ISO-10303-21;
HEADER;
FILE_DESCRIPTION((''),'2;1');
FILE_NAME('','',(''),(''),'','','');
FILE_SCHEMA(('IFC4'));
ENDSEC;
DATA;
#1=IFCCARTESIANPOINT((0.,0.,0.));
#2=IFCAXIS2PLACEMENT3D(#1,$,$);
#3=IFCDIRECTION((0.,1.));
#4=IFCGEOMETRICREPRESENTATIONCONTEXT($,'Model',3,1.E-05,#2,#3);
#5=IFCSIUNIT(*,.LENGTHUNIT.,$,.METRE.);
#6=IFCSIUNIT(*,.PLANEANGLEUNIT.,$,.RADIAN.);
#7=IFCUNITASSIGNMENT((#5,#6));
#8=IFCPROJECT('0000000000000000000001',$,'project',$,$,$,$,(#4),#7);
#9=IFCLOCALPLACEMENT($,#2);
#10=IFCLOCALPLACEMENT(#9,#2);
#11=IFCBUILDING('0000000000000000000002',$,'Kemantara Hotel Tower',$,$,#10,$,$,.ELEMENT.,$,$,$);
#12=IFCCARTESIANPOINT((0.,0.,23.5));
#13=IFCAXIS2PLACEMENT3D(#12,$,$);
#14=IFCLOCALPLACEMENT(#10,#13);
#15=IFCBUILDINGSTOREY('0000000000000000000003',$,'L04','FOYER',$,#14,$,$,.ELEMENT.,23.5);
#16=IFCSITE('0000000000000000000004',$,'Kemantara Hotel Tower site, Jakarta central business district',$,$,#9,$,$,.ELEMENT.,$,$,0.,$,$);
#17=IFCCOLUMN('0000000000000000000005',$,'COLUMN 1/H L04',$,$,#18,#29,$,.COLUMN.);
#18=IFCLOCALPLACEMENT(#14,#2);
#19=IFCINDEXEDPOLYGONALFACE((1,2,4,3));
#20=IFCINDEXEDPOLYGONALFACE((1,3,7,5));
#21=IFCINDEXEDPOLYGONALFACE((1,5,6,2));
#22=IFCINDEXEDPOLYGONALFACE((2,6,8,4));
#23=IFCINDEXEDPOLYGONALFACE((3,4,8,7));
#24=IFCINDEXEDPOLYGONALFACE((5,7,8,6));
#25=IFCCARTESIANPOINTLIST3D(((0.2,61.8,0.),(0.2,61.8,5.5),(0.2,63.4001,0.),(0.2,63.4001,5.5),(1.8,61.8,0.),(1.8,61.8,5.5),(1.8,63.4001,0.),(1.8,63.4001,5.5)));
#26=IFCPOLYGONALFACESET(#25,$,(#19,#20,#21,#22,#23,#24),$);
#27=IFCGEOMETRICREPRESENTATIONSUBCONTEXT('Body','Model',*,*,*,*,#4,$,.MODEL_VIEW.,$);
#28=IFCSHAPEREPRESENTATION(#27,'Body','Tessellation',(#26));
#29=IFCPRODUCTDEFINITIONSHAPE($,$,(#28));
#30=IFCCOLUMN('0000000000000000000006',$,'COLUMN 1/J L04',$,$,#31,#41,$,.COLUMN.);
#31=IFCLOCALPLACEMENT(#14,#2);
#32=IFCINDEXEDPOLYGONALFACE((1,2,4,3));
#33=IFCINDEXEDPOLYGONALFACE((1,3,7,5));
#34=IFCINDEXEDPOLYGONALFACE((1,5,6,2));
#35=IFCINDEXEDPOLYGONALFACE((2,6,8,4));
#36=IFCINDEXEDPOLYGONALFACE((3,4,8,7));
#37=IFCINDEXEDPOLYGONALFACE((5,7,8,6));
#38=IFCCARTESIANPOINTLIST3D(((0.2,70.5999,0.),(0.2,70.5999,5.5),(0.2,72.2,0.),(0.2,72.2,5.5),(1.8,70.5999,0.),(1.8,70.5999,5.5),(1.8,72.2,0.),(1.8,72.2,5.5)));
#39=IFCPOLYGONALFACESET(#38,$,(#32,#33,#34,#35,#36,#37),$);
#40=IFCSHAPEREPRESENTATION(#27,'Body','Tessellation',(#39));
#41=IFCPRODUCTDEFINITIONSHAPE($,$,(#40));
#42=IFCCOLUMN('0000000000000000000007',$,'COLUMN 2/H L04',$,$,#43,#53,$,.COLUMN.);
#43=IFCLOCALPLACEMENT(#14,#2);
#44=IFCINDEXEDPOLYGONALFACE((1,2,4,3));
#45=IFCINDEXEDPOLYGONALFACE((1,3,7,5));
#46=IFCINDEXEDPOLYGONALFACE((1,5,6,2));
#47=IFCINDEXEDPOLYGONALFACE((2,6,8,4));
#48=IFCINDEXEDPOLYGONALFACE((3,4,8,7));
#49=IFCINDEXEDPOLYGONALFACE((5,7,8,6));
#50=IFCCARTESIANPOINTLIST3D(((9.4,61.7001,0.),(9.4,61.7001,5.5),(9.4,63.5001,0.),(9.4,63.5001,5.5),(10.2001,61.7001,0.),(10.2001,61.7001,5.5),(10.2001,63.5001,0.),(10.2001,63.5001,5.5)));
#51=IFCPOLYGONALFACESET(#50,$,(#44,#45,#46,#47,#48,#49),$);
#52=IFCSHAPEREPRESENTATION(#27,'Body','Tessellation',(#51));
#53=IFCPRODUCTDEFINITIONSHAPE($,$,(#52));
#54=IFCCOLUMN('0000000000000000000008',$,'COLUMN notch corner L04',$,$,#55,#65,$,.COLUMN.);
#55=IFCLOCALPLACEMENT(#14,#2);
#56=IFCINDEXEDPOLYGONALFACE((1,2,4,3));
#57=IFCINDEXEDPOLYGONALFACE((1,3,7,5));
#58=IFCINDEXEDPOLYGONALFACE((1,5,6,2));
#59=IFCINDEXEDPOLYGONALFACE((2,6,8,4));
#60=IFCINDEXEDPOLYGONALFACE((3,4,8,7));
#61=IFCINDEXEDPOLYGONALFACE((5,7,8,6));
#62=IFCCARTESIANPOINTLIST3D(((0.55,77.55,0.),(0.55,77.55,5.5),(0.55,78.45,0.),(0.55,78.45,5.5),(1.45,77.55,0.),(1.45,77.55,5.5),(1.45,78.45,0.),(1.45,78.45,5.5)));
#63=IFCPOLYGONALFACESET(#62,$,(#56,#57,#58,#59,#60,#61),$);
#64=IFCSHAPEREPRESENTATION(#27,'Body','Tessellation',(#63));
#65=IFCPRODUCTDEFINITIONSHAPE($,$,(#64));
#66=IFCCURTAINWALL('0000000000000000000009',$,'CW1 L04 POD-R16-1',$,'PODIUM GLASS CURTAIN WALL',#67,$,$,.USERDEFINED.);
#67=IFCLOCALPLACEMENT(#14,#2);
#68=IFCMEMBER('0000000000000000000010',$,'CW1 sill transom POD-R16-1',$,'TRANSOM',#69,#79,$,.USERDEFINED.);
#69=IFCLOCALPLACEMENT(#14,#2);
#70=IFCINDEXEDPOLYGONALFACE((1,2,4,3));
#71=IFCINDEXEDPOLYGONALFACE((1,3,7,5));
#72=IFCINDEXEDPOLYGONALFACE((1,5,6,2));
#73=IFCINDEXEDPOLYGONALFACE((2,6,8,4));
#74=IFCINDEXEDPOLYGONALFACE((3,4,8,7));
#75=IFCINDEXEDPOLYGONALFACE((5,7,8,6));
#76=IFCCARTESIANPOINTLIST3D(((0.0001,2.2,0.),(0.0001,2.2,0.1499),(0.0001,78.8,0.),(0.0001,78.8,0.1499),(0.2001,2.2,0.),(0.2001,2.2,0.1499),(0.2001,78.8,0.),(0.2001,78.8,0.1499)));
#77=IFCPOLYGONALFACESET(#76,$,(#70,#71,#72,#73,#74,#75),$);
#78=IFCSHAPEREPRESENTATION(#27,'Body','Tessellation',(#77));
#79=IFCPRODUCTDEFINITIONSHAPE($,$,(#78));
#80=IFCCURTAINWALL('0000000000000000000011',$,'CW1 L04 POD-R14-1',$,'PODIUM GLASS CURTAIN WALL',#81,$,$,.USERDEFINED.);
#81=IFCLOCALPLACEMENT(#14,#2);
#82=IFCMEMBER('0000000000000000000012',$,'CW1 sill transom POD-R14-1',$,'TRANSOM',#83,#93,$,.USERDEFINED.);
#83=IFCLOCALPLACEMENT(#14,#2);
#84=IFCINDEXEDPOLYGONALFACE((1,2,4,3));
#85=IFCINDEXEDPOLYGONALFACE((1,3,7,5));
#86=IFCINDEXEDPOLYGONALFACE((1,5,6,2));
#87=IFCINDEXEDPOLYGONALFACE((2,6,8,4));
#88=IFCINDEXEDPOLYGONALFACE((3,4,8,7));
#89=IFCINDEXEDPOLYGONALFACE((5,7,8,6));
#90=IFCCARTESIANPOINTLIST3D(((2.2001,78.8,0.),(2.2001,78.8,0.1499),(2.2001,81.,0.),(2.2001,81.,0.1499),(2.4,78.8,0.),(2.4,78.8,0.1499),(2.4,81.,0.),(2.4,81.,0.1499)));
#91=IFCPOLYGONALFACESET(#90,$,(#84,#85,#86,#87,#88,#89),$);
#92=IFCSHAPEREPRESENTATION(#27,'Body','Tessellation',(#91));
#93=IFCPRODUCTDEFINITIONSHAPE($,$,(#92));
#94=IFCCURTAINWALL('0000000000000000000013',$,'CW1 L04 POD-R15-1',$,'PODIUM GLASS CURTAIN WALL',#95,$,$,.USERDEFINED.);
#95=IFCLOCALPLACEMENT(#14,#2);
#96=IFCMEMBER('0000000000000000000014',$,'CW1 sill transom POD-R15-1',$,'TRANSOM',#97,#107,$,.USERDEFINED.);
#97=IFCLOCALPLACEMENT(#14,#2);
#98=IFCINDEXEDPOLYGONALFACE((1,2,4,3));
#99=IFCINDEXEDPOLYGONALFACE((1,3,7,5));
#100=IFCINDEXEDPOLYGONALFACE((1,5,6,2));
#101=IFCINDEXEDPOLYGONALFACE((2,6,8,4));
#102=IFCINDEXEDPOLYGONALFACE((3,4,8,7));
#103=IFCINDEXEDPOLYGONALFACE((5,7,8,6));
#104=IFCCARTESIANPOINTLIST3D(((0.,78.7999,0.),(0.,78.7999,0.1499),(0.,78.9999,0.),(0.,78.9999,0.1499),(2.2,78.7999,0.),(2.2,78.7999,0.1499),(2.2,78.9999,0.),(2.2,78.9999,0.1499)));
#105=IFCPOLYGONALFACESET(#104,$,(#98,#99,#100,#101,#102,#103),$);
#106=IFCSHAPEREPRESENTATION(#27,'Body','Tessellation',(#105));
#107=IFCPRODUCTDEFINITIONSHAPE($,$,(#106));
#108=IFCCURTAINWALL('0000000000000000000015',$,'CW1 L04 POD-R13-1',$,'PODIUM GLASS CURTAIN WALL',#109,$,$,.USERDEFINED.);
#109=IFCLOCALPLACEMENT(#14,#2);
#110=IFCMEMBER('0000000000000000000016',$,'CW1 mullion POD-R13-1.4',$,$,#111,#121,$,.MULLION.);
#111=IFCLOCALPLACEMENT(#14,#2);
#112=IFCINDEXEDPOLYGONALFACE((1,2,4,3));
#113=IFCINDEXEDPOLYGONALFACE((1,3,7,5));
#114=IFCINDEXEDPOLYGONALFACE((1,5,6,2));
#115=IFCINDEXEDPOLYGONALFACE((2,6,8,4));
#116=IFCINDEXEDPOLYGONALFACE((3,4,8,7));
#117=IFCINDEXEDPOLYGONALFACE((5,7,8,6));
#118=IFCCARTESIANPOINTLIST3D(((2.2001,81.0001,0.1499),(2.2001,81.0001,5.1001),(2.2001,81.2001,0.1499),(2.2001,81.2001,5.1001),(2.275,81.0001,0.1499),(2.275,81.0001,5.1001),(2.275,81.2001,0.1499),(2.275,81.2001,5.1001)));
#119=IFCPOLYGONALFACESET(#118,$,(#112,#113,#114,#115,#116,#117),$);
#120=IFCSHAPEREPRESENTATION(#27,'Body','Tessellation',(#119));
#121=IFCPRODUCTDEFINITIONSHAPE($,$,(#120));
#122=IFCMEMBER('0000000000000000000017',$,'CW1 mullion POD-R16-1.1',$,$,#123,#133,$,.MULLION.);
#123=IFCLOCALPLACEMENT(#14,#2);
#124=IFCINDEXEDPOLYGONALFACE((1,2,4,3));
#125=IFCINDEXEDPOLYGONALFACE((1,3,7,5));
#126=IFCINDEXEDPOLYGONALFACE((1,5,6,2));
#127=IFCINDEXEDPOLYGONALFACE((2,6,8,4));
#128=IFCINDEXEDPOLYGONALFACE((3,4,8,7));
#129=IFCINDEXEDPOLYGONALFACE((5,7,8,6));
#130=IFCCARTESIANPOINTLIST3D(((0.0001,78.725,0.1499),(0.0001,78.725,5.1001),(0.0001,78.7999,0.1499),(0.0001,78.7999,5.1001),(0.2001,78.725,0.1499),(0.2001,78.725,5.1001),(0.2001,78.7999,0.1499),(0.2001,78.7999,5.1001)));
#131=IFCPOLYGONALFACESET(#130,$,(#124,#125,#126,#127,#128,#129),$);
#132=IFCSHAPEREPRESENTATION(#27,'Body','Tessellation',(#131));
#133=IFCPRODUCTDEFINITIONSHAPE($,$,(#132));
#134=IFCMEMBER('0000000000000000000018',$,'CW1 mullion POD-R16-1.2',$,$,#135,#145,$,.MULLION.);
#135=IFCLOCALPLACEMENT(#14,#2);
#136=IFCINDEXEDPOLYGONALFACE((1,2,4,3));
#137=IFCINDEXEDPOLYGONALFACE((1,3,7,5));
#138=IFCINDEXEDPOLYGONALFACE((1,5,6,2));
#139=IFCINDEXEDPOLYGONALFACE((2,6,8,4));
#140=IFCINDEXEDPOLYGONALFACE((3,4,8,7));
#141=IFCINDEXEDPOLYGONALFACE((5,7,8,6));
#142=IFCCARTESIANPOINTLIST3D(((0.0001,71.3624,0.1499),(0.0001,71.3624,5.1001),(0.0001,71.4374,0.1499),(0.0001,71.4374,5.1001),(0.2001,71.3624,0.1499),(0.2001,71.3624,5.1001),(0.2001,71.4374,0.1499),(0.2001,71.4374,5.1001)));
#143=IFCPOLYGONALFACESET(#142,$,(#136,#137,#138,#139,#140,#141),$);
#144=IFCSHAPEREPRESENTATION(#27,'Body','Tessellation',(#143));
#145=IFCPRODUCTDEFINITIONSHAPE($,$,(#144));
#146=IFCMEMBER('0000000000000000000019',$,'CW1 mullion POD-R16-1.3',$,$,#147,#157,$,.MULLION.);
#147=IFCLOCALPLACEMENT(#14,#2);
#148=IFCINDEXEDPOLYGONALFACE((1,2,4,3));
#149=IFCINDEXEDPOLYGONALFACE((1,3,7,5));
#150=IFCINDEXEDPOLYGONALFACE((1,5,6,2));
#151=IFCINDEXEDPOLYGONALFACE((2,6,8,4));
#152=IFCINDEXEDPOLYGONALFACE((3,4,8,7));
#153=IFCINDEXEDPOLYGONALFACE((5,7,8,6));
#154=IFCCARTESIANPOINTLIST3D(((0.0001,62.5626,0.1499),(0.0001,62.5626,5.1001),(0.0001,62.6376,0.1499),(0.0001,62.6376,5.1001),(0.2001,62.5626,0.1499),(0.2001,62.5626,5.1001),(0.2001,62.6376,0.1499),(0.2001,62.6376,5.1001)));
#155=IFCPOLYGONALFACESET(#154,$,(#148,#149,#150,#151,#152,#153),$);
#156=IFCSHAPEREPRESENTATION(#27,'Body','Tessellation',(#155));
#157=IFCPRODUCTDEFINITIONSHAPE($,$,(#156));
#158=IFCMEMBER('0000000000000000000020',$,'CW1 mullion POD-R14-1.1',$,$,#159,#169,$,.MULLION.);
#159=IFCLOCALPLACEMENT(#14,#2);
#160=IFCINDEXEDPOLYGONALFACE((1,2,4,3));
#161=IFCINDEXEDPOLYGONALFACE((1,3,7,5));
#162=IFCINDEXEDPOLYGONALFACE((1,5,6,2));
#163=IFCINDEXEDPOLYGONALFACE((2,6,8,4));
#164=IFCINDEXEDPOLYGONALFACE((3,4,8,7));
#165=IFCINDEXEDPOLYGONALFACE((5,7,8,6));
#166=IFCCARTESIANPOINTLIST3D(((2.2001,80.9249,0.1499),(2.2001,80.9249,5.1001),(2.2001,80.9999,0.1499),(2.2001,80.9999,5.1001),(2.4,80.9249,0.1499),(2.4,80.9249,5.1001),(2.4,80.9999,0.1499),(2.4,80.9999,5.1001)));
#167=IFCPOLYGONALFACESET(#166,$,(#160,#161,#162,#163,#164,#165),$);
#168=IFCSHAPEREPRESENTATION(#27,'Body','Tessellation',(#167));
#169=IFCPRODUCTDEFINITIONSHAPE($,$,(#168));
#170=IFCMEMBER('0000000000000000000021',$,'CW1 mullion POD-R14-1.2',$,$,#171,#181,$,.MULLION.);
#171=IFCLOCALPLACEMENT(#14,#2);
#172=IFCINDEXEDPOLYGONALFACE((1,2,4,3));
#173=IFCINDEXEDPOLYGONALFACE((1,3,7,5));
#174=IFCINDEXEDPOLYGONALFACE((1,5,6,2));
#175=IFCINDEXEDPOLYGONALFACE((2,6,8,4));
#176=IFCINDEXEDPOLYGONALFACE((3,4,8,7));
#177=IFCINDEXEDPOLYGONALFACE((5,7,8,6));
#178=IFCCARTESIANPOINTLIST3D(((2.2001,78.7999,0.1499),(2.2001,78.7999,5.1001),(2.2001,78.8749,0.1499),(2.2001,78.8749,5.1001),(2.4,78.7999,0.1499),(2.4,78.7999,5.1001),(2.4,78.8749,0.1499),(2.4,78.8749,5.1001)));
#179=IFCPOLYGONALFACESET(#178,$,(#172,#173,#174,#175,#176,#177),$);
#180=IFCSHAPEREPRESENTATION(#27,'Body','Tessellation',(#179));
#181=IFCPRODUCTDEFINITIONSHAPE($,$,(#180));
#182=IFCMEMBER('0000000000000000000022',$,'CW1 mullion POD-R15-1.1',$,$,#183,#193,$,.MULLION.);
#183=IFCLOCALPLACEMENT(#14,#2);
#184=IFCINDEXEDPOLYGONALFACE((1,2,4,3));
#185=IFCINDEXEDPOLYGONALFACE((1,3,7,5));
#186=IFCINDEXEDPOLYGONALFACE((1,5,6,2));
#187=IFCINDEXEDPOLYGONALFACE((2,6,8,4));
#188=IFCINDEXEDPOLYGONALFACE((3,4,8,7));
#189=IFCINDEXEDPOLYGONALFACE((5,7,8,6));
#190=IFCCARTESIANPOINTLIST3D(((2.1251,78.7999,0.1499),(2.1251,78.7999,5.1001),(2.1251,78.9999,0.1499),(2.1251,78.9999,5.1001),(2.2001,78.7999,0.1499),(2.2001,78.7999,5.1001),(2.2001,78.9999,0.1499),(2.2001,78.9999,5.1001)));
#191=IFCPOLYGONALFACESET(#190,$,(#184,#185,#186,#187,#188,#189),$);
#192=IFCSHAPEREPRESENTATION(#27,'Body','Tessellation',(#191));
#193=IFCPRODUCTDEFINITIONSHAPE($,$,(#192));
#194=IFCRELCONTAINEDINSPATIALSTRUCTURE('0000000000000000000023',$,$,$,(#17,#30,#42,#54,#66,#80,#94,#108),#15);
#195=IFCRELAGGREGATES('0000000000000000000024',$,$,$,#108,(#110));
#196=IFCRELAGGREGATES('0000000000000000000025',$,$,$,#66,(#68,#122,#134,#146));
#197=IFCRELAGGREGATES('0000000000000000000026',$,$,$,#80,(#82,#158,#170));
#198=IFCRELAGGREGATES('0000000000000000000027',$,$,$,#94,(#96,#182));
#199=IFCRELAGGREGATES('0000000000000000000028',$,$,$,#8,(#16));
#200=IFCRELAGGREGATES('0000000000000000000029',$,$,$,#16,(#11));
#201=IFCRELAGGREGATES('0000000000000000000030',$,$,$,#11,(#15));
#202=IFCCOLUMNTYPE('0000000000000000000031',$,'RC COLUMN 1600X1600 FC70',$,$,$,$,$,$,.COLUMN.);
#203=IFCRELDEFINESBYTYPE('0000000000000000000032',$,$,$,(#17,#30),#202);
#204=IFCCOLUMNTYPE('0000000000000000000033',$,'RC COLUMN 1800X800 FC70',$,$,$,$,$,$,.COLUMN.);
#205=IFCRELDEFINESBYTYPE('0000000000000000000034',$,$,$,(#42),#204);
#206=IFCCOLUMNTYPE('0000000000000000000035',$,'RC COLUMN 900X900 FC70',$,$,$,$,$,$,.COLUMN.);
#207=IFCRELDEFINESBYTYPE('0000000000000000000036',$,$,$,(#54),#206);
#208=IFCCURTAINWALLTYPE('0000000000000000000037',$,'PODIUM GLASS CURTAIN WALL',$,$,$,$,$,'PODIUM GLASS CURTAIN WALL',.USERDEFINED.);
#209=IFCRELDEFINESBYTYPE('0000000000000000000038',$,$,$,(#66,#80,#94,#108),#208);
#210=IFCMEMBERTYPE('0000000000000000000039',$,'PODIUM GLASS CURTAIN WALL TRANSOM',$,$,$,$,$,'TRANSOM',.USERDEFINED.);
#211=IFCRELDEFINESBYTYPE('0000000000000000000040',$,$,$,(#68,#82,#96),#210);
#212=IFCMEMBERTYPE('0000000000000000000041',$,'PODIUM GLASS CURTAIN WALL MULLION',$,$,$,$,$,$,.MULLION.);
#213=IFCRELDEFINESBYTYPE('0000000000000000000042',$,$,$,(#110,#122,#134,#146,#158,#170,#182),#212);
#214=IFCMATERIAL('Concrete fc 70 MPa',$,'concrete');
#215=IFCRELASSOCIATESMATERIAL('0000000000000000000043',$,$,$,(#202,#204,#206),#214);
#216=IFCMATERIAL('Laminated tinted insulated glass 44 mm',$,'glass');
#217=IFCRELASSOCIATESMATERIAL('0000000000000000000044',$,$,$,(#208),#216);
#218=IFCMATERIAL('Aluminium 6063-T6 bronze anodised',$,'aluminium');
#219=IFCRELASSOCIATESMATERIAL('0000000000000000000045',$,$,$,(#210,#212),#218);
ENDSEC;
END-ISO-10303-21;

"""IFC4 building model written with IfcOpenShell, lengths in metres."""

from ifc_helpers import new_model, si_unit, direction, frame, origin, origin_2d, place, context, subcontext, project, spatial, rectangle, extrude, source, transform, mapped, material, material_profile, profile_set, type_object, element, aggregate, save


model = new_model("IFC4")

# Units and contexts
model_context = context("Model", 3, precision=1e-05, world=origin(), true_north=direction((0.0, 1.0)))
body_context = subcontext(model_context, "Body", "Model", "MODEL_VIEW")
ifc_project = project(units=[si_unit("LENGTHUNIT", "METRE"), si_unit("PLANEANGLEUNIT", "RADIAN")], contexts=[model_context])

# Site, building, storey
site_placement = place(None, origin())
site = spatial("IfcSite", under=ifc_project, at=site_placement, Name="Kemantara Hotel Tower site, Jakarta central business district", CompositionType="ELEMENT", RefElevation=0.0)
building_placement = place(site_placement, origin())
building = spatial("IfcBuilding", under=site, at=building_placement, Name="Kemantara Hotel Tower", CompositionType="ELEMENT")
storey_placement = place(building_placement, frame((0.0, 0.0, 23.5)))
storey = spatial("IfcBuildingStorey", under=building, at=storey_placement, Name="L04", Description="FOYER", CompositionType="ELEMENT", Elevation=23.5)

# Columns
ifc_material_1 = material(Name="Concrete fc 70 MPa", Category="concrete")
ifc_material_profile_1 = material_profile(ifc_material_1, rectangle(XDim=1.6001, YDim=1.6001, at=origin_2d()), Name="RC 1600X1600")
ifc_profile_set_1 = profile_set([ifc_material_profile_1], Name="Concrete fc 70 MPa")
column_type_1 = type_object("IfcColumnType", Name="RC COLUMN 1600X1600 FC70", PredefinedType="COLUMN", material=ifc_profile_set_1)
for number, where, z_axis, x_axis, name in (
    (1, (1.0, 62.6001, 0.0), (0.0, 0.0, 1.0), (1.0, 0.0, 0.0), "COLUMN 1/H L04"),
    (2, (1.0, 71.3999, 0.0), (0.0, 0.0, 1.0), (1.0, 0.0, 0.0), "COLUMN 1/J L04"),
):
    element("IfcColumn", number, at=place(storey_placement, frame(where, z_axis=z_axis, x_axis=x_axis)), inside=storey, type_object=column_type_1, Name=name, PredefinedType="COLUMN", context=body_context, shape_type="SweptSolid", body=[
        extrude(rectangle(XDim=1.6001, YDim=1.6001, at=origin_2d()), origin(), (0.0, 0.0, 1.0), 5.5),
    ])
ifc_material_profile_2 = material_profile(ifc_material_1, rectangle(XDim=1.8, YDim=0.8, at=origin_2d()), Name="RC 1800X800")
ifc_profile_set_2 = profile_set([ifc_material_profile_2], Name="Concrete fc 70 MPa")
column_type_2 = type_object("IfcColumnType", Name="RC COLUMN 1800X800 FC70", PredefinedType="COLUMN", material=ifc_profile_set_2)
column_1_placement = place(storey_placement, frame((9.8, 62.6001, 0.0), z_axis=(0.0, 0.0, 1.0), x_axis=(0.0, 1.0, 0.0)))
element("IfcColumn", 3, at=column_1_placement, inside=storey, type_object=column_type_2, Name="COLUMN 2/H L04", PredefinedType="COLUMN", context=body_context, shape_type="SweptSolid", body=[
    extrude(rectangle(XDim=1.8, YDim=0.8, at=origin_2d()), origin(), (0.0, 0.0, 1.0), 5.5),
])
ifc_material_profile_3 = material_profile(ifc_material_1, rectangle(XDim=0.8999, YDim=0.8999, at=origin_2d()), Name="RC 900X900")
ifc_profile_set_3 = profile_set([ifc_material_profile_3], Name="Concrete fc 70 MPa")
column_type_3 = type_object("IfcColumnType", Name="RC COLUMN 900X900 FC70", PredefinedType="COLUMN", material=ifc_profile_set_3)
column_2_placement = place(storey_placement, frame((1.0, 78.0, 0.0), z_axis=(0.0, 0.0, 1.0), x_axis=(1.0, 0.0, 0.0)))
element("IfcColumn", 4, at=column_2_placement, inside=storey, type_object=column_type_3, Name="COLUMN notch corner L04", PredefinedType="COLUMN", context=body_context, shape_type="SweptSolid", body=[
    extrude(rectangle(XDim=0.8999, YDim=0.8999, at=origin_2d()), origin(), (0.0, 0.0, 1.0), 5.5),
])

# Curtain walls, members
ifc_material_2 = material(Name="Laminated tinted insulated glass 44 mm", Category="glass")
curtain_wall_type = type_object("IfcCurtainWallType", Name="PODIUM GLASS CURTAIN WALL", ElementType="PODIUM GLASS CURTAIN WALL", PredefinedType="USERDEFINED", material=ifc_material_2)
curtain_wall_1_placement = place(storey_placement, origin())
curtain_wall_1 = element("IfcCurtainWall", 5, at=curtain_wall_1_placement, inside=storey, type_object=curtain_wall_type, Name="CW1 L04 POD-R16-1", ObjectType="PODIUM GLASS CURTAIN WALL", PredefinedType="USERDEFINED")
ifc_material_3 = material(Name="Aluminium 6063-T6 bronze anodised", Category="aluminium")
ifc_material_profile_4 = material_profile(ifc_material_3, rectangle(XDim=0.2, YDim=0.1499, at=origin_2d()), Name="PODIUM GLASS CURTAIN WALL TRANSOM")
ifc_profile_set_4 = profile_set([ifc_material_profile_4], Name="Aluminium 6063-T6 bronze anodised")
member_type_1 = type_object("IfcMemberType", Name="PODIUM GLASS CURTAIN WALL TRANSOM", ElementType="TRANSOM", PredefinedType="USERDEFINED", material=ifc_profile_set_4)
member_1_placement = place(storey_placement, frame((0.1001, 78.8, 0.075), z_axis=(0.0, -1.0, 0.0), x_axis=(1.0, 0.0, 0.0)))
member_1 = element("IfcMember", 6, at=member_1_placement, type_object=member_type_1, Name="CW1 sill transom POD-R16-1", ObjectType="TRANSOM", PredefinedType="USERDEFINED", context=body_context, shape_type="SweptSolid", body=[
    extrude(rectangle(XDim=0.2, YDim=0.1499, at=origin_2d()), origin(), (0.0, 0.0, 1.0), 76.6001),
])
curtain_wall_2_placement = place(storey_placement, origin())
curtain_wall_2 = element("IfcCurtainWall", 7, at=curtain_wall_2_placement, inside=storey, type_object=curtain_wall_type, Name="CW1 L04 POD-R14-1", ObjectType="PODIUM GLASS CURTAIN WALL", PredefinedType="USERDEFINED")
member_2_placement = place(storey_placement, frame((2.3, 81.0, 0.075), z_axis=(0.0, -1.0, 0.0), x_axis=(1.0, 0.0, 0.0)))
member_2 = element("IfcMember", 8, at=member_2_placement, type_object=member_type_1, Name="CW1 sill transom POD-R14-1", ObjectType="TRANSOM", PredefinedType="USERDEFINED", context=body_context, shape_type="SweptSolid", body=[
    extrude(rectangle(XDim=0.2, YDim=0.1499, at=origin_2d()), origin(), (0.0, 0.0, 1.0), 2.2),
])
curtain_wall_3_placement = place(storey_placement, origin())
curtain_wall_3 = element("IfcCurtainWall", 9, at=curtain_wall_3_placement, inside=storey, type_object=curtain_wall_type, Name="CW1 L04 POD-R15-1", ObjectType="PODIUM GLASS CURTAIN WALL", PredefinedType="USERDEFINED")
member_3_placement = place(storey_placement, frame((2.2, 78.8999, 0.075), z_axis=(-1.0, 0.0, 0.0), x_axis=(0.0, -1.0, 0.0)))
member_3 = element("IfcMember", 10, at=member_3_placement, type_object=member_type_1, Name="CW1 sill transom POD-R15-1", ObjectType="TRANSOM", PredefinedType="USERDEFINED", context=body_context, shape_type="SweptSolid", body=[
    extrude(rectangle(XDim=0.2, YDim=0.1499, at=origin_2d()), origin(), (0.0, 0.0, 1.0), 2.2),
])
curtain_wall_4_placement = place(storey_placement, origin())
curtain_wall_4 = element("IfcCurtainWall", 11, at=curtain_wall_4_placement, inside=storey, type_object=curtain_wall_type, Name="CW1 L04 POD-R13-1", ObjectType="PODIUM GLASS CURTAIN WALL", PredefinedType="USERDEFINED")
ifc_material_profile_5 = material_profile(ifc_material_3, rectangle(XDim=0.2, YDim=0.075, at=origin_2d()), Name="PODIUM GLASS CURTAIN WALL MULLION")
ifc_profile_set_5 = profile_set([ifc_material_profile_5], Name="Aluminium 6063-T6 bronze anodised")
member_type_2 = type_object("IfcMemberType", Name="PODIUM GLASS CURTAIN WALL MULLION", PredefinedType="MULLION", material=ifc_profile_set_5)
shared_shape_1 = source(origin(), body_context, "Body", "SweptSolid", [
    extrude(rectangle(XDim=0.2, YDim=0.075, at=origin_2d()), origin(), (0.0, 0.0, 1.0), 4.9502),
])
member_4_placement = place(storey_placement, frame((2.2375, 81.1001, 0.1499), z_axis=(0.0, 0.0, 1.0), x_axis=(0.0, -1.0, 0.0)))
member_4 = element("IfcMember", 12, at=member_4_placement, type_object=member_type_2, Name="CW1 mullion POD-R13-1.4", PredefinedType="MULLION", context=body_context, shape_type="MappedRepresentation", body=[
    mapped(shared_shape_1, transform((0.0, 0.0, 0.0))),
])

# Members
member_5_placement = place(storey_placement, frame((0.1001, 78.7625, 0.1499), z_axis=(0.0, 0.0, 1.0), x_axis=(1.0, 0.0, 0.0)))
member_5 = element("IfcMember", 13, at=member_5_placement, type_object=member_type_2, Name="CW1 mullion POD-R16-1.1", PredefinedType="MULLION", context=body_context, shape_type="MappedRepresentation", body=[
    mapped(shared_shape_1, transform((0.0, 0.0, 0.0))),
])
member_6_placement = place(storey_placement, frame((0.1001, 71.3999, 0.1499), z_axis=(0.0, 0.0, 1.0), x_axis=(1.0, 0.0, 0.0)))
member_6 = element("IfcMember", 14, at=member_6_placement, type_object=member_type_2, Name="CW1 mullion POD-R16-1.2", PredefinedType="MULLION", context=body_context, shape_type="MappedRepresentation", body=[
    mapped(shared_shape_1, transform((0.0, 0.0, 0.0))),
])
member_7_placement = place(storey_placement, frame((0.1001, 62.6001, 0.1499), z_axis=(0.0, 0.0, 1.0), x_axis=(1.0, 0.0, 0.0)))
member_7 = element("IfcMember", 15, at=member_7_placement, type_object=member_type_2, Name="CW1 mullion POD-R16-1.3", PredefinedType="MULLION", context=body_context, shape_type="MappedRepresentation", body=[
    mapped(shared_shape_1, transform((0.0, 0.0, 0.0))),
])
member_8_placement = place(storey_placement, frame((2.3, 80.9624, 0.1499), z_axis=(0.0, 0.0, 1.0), x_axis=(1.0, 0.0, 0.0)))
member_8 = element("IfcMember", 16, at=member_8_placement, type_object=member_type_2, Name="CW1 mullion POD-R14-1.1", PredefinedType="MULLION", context=body_context, shape_type="MappedRepresentation", body=[
    mapped(shared_shape_1, transform((0.0, 0.0, 0.0))),
])
member_9_placement = place(storey_placement, frame((2.3, 78.8374, 0.1499), z_axis=(0.0, 0.0, 1.0), x_axis=(1.0, 0.0, 0.0)))
member_9 = element("IfcMember", 17, at=member_9_placement, type_object=member_type_2, Name="CW1 mullion POD-R14-1.2", PredefinedType="MULLION", context=body_context, shape_type="MappedRepresentation", body=[
    mapped(shared_shape_1, transform((0.0, 0.0, 0.0))),
])
member_10_placement = place(storey_placement, frame((2.1626, 78.8999, 0.1499), z_axis=(0.0, 0.0, 1.0), x_axis=(0.0, -1.0, 0.0)))
member_10 = element("IfcMember", 18, at=member_10_placement, type_object=member_type_2, Name="CW1 mullion POD-R15-1.1", PredefinedType="MULLION", context=body_context, shape_type="MappedRepresentation", body=[
    mapped(shared_shape_1, transform((0.0, 0.0, 0.0))),
])

aggregate(curtain_wall_4, [member_4])
aggregate(curtain_wall_1, [member_1, member_5, member_6, member_7])
aggregate(curtain_wall_2, [member_2, member_8, member_9])
aggregate(curtain_wall_3, [member_3, member_10])

save(model, "model.ifc")
